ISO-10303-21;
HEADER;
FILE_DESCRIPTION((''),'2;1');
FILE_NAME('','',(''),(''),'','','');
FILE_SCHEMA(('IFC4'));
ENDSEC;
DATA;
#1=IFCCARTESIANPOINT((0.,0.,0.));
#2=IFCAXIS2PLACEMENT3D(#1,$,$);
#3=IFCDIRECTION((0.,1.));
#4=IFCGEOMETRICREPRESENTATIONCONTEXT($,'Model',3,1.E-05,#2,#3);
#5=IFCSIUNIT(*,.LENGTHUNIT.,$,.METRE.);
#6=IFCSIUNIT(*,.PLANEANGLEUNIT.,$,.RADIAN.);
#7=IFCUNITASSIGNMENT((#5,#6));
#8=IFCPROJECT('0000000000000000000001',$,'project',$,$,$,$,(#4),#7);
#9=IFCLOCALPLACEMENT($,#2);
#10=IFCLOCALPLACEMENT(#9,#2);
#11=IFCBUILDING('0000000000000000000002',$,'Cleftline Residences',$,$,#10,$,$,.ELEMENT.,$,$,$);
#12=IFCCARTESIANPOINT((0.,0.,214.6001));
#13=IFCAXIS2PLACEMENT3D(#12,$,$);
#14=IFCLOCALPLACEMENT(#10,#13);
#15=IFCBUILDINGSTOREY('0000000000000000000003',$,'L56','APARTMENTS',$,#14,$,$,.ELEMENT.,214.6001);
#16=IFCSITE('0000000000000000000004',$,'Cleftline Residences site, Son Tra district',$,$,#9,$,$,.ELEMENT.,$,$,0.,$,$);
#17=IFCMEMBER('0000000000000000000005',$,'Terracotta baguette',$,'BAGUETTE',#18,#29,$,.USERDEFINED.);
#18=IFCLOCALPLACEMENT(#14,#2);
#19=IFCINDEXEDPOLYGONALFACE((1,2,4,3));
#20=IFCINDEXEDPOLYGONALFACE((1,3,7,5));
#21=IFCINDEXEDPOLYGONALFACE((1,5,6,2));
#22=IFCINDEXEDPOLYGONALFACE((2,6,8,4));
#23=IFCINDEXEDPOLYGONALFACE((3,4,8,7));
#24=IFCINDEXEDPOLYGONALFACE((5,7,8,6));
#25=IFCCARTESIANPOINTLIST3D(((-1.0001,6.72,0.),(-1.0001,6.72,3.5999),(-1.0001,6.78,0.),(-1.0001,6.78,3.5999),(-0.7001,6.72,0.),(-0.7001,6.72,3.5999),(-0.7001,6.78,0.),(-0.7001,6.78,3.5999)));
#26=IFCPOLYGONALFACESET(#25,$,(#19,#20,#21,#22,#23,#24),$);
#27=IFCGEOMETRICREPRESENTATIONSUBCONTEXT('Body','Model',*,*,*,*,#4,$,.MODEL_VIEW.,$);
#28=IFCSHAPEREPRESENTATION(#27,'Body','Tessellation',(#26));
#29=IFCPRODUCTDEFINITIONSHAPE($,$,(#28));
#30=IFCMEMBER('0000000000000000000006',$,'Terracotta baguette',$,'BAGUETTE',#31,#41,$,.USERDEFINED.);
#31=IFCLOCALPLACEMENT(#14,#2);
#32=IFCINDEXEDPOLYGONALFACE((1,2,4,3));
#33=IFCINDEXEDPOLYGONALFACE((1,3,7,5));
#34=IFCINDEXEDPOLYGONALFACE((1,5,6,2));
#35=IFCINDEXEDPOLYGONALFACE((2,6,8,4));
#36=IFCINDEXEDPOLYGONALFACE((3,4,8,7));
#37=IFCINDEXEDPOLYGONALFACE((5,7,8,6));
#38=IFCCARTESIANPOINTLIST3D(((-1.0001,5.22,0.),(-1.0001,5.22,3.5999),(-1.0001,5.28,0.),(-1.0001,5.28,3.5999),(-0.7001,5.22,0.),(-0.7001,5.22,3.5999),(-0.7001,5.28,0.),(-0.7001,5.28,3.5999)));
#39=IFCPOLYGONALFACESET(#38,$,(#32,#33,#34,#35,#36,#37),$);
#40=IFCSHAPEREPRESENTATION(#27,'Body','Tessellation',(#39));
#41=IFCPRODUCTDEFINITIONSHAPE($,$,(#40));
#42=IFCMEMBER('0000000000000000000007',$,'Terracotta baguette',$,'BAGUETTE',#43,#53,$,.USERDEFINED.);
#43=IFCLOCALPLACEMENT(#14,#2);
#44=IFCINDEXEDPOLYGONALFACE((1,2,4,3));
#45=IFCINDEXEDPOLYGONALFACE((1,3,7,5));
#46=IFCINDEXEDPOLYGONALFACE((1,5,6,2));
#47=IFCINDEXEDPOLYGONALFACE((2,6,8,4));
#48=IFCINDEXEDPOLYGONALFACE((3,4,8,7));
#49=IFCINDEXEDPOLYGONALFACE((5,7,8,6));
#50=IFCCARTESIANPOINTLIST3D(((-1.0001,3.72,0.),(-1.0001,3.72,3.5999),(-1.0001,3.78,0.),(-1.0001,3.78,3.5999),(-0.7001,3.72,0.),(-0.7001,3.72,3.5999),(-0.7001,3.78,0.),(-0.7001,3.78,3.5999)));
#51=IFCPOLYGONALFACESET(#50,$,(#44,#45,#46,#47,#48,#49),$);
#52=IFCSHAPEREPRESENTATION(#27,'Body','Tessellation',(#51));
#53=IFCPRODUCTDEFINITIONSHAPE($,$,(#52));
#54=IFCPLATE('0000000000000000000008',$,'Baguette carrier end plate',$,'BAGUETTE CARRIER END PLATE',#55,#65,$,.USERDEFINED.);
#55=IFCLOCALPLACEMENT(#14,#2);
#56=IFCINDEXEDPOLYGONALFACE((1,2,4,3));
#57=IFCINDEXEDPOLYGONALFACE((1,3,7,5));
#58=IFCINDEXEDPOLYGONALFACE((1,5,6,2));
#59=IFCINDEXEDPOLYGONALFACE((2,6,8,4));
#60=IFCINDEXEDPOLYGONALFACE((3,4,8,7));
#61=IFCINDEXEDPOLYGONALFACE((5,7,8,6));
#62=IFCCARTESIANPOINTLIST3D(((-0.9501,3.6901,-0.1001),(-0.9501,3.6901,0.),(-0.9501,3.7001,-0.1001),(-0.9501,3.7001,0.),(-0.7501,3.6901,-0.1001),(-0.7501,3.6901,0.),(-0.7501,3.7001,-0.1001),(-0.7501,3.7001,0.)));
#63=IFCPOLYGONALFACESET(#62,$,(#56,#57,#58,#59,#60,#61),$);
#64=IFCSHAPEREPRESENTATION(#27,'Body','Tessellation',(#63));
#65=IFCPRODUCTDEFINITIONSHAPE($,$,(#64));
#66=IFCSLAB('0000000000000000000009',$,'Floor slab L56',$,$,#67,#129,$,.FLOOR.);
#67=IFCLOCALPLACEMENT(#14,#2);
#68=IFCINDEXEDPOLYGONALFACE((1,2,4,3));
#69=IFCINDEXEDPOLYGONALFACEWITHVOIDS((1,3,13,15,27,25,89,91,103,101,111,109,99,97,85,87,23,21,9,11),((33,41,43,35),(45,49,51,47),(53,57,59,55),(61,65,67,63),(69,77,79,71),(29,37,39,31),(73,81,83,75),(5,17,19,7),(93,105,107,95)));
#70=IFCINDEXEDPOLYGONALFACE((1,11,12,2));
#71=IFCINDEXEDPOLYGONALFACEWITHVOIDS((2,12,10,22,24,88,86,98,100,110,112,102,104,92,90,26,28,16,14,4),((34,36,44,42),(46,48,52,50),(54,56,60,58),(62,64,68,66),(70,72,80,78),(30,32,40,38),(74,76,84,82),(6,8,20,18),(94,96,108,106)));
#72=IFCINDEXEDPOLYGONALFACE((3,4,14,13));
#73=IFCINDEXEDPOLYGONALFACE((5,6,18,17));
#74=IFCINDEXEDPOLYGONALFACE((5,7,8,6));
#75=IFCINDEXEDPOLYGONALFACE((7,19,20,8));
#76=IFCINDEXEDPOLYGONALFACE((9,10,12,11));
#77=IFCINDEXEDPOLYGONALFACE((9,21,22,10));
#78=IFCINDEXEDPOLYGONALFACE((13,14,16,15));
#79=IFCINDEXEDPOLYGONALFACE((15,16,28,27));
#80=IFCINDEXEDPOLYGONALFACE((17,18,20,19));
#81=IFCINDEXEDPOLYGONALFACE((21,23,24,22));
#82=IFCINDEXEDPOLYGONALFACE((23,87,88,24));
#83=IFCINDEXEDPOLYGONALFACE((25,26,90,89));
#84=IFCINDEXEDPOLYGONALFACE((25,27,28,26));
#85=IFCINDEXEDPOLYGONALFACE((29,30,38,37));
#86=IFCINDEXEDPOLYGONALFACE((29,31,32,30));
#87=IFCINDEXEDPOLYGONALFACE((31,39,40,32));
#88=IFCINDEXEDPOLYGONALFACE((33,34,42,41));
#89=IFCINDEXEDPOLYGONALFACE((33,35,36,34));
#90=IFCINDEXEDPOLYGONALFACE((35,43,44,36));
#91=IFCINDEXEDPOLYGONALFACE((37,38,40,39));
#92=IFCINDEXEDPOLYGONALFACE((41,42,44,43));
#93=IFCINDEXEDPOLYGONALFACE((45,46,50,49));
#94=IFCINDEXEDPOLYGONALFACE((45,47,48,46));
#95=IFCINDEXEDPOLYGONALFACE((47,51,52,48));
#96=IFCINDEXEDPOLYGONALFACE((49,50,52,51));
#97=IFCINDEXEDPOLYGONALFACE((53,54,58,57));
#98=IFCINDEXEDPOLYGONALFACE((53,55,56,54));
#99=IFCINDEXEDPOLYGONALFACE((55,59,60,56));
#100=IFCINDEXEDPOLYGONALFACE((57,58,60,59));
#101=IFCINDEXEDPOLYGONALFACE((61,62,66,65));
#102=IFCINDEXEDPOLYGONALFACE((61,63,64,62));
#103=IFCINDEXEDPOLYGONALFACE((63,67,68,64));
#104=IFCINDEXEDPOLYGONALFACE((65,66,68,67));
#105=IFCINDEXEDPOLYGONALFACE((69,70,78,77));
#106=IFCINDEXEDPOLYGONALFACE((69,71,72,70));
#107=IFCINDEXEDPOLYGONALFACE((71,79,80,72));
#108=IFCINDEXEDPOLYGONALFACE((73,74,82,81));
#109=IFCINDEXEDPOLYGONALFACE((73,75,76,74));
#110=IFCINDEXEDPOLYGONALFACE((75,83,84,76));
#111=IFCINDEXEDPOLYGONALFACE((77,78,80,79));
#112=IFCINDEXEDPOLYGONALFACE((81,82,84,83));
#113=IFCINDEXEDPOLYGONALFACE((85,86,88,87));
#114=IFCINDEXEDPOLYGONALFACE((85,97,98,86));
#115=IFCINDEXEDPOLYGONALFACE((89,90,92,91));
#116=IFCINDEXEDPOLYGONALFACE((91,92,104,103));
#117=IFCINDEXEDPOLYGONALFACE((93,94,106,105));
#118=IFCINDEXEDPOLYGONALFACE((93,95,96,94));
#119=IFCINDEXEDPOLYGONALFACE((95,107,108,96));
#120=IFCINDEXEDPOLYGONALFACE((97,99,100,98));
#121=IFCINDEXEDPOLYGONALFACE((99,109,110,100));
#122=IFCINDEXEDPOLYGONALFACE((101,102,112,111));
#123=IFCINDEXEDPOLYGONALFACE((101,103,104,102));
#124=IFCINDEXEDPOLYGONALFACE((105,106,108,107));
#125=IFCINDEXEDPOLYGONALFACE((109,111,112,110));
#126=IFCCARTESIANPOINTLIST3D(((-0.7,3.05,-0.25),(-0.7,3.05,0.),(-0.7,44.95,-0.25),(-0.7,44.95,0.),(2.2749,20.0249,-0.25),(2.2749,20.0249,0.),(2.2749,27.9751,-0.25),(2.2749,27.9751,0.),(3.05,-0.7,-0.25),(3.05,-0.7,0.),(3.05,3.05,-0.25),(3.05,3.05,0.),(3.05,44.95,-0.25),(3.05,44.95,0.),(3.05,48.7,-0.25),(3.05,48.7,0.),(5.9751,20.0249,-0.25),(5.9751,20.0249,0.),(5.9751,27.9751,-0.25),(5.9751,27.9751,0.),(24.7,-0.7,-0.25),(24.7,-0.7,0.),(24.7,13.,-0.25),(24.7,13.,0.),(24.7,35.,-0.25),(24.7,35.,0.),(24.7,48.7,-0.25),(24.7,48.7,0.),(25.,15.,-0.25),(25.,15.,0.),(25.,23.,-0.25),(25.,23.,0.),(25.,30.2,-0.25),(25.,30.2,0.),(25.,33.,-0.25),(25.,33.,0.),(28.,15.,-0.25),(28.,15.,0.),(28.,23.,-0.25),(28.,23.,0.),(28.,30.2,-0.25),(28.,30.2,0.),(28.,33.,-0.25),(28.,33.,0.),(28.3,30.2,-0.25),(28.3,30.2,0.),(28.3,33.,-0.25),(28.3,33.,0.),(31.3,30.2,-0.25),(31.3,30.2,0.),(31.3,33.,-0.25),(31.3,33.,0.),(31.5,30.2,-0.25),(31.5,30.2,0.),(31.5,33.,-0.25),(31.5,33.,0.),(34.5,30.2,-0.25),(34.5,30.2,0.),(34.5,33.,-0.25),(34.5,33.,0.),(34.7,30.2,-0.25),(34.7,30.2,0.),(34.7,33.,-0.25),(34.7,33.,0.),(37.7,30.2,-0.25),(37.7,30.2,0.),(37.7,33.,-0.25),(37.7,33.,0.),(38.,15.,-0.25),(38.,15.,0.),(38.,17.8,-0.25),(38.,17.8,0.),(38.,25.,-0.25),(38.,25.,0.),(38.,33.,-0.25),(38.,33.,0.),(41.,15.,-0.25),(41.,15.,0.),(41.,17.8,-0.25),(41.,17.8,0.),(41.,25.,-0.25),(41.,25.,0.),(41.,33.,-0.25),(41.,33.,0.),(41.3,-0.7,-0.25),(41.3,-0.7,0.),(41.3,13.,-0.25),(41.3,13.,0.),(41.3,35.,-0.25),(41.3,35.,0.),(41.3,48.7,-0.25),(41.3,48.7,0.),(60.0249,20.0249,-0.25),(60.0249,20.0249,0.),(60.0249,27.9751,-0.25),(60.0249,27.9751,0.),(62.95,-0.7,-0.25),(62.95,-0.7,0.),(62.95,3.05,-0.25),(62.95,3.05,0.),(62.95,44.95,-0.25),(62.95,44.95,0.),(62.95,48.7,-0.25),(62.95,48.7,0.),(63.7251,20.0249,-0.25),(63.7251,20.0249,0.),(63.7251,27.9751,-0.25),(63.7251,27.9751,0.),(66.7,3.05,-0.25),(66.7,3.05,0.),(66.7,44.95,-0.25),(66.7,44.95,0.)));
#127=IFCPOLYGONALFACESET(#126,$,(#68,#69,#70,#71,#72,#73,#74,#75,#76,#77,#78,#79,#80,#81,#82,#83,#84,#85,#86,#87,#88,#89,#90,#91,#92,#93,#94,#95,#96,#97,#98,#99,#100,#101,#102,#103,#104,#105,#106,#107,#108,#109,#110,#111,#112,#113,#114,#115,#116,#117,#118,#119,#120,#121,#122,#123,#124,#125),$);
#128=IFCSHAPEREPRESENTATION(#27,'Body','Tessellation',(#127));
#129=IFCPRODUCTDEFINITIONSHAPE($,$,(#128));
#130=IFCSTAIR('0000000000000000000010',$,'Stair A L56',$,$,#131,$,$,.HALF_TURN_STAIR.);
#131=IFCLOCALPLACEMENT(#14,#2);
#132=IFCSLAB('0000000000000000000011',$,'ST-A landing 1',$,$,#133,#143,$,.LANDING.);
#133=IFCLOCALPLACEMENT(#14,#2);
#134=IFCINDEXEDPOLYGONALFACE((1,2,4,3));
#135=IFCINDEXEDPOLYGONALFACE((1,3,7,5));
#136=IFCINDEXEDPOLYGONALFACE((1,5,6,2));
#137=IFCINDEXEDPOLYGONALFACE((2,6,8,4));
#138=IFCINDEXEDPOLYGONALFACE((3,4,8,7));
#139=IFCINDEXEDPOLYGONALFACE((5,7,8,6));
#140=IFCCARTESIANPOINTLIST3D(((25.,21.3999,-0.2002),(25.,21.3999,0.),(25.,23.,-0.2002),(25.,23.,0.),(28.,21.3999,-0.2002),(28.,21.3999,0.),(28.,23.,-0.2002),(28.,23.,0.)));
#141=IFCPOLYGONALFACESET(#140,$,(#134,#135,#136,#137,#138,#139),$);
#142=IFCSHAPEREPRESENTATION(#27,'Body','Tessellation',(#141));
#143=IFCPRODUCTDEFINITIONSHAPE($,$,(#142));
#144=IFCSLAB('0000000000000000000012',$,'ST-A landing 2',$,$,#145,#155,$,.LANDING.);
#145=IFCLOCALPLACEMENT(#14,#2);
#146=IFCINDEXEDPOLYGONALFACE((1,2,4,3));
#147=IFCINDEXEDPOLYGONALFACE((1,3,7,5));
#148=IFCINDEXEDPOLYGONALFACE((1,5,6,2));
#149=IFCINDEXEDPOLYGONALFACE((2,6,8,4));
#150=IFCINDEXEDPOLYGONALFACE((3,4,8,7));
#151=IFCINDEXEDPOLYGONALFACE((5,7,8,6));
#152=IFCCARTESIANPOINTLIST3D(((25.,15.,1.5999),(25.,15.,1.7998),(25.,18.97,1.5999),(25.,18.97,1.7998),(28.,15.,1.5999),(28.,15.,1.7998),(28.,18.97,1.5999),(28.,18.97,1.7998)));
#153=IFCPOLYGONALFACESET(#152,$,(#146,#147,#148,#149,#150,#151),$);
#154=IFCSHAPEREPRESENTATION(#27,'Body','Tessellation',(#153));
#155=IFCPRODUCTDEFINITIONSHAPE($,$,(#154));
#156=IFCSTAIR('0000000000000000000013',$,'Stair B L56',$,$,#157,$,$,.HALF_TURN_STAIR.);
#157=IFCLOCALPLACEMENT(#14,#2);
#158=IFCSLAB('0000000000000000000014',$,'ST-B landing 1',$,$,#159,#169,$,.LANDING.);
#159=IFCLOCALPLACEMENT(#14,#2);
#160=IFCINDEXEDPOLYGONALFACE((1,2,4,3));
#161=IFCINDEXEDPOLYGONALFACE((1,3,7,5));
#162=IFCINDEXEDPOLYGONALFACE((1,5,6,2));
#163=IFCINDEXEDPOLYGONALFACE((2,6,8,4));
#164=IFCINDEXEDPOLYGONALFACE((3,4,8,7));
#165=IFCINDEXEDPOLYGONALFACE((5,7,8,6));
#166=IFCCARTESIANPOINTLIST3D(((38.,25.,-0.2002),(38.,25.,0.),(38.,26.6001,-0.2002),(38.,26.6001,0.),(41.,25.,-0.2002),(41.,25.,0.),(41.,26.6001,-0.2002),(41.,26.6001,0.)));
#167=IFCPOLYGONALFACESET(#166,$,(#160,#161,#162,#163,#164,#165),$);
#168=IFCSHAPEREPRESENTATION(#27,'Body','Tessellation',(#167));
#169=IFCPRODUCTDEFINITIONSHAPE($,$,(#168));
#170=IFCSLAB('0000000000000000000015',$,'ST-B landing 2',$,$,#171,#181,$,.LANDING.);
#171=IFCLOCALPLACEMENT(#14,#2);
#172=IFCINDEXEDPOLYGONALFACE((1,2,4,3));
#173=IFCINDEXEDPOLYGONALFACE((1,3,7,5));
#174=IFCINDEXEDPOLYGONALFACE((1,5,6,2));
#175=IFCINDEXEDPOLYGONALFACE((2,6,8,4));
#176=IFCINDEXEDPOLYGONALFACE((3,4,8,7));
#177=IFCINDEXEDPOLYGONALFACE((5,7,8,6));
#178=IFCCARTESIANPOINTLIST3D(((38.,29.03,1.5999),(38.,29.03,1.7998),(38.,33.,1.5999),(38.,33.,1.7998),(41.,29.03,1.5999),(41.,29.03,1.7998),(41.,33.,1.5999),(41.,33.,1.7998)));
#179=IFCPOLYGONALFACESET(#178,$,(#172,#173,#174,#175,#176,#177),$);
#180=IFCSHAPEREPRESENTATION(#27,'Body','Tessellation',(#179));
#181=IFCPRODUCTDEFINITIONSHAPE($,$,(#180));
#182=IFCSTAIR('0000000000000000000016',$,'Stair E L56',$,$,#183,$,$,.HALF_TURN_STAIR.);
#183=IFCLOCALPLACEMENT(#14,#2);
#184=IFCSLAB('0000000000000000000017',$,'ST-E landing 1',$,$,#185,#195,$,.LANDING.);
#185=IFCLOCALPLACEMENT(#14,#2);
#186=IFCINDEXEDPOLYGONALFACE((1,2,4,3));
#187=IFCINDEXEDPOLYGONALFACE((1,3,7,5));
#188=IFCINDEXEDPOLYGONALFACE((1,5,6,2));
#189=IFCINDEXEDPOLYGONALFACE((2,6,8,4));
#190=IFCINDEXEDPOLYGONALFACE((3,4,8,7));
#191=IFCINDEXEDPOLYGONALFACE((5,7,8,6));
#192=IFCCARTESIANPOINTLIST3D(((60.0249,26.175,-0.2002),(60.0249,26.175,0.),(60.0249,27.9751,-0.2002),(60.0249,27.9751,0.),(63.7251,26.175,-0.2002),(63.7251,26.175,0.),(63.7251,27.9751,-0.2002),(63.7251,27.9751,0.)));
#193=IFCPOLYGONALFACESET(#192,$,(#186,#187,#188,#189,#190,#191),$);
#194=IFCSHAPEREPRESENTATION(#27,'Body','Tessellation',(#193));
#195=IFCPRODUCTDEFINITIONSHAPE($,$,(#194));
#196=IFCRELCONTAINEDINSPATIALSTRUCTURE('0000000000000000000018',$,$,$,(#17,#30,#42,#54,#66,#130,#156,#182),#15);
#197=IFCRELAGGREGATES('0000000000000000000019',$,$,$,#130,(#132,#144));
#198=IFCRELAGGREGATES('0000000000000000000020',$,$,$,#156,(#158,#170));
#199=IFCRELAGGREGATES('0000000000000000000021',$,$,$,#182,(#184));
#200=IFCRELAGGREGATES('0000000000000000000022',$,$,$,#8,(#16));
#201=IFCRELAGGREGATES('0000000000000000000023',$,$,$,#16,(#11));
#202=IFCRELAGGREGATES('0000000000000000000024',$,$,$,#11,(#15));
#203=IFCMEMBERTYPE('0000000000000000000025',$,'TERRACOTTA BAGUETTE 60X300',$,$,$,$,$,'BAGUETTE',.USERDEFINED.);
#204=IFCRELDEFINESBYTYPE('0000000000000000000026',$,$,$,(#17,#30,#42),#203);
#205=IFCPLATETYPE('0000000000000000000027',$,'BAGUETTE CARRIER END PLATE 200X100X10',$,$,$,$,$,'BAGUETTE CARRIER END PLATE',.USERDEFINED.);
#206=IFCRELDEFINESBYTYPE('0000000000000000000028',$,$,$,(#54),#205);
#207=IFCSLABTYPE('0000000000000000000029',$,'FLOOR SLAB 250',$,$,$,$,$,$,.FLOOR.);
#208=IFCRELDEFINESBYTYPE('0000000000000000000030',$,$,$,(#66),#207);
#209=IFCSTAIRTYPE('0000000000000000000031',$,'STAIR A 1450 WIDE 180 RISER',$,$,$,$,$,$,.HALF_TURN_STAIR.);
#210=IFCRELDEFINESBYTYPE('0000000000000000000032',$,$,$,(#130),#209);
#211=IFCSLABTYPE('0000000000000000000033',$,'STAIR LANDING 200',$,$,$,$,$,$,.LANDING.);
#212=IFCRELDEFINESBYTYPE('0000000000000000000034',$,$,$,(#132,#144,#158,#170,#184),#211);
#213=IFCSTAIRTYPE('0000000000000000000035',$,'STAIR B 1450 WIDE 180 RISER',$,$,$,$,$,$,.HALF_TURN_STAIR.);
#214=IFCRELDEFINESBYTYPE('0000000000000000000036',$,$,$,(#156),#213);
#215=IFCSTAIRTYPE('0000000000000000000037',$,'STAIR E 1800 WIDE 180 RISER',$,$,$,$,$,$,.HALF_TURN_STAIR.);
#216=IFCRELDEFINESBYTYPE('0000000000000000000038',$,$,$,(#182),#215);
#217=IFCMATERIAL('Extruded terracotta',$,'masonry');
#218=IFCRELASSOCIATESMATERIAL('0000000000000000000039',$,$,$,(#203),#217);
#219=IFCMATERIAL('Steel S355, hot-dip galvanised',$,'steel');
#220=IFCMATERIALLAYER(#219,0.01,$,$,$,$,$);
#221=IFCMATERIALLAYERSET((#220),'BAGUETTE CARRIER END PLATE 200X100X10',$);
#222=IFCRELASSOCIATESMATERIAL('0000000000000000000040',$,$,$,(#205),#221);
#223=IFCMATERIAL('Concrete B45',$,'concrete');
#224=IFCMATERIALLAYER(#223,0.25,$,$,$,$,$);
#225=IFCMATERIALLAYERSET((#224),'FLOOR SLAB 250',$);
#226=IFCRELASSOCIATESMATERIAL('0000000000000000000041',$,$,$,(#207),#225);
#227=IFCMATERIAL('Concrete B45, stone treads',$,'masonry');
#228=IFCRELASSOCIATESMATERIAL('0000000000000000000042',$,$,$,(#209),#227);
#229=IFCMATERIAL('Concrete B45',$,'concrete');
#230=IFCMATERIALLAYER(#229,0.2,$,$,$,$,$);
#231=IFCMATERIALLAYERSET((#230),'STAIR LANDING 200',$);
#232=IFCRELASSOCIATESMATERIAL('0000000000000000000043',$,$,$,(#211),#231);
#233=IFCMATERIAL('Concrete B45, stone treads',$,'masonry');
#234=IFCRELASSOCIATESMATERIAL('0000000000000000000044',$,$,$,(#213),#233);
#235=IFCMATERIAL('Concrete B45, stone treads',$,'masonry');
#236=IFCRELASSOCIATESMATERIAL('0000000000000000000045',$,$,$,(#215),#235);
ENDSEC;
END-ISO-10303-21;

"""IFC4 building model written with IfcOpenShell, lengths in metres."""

from ifc_helpers import new_model, si_unit, direction, frame, origin, origin_2d, place, context, subcontext, project, spatial, polyline, rectangle, outline, extrude, material, layer, layer_set, material_profile, profile_set, type_object, element, aggregate, save


model = new_model("IFC4")

# Units and contexts
model_context = context("Model", 3, precision=1e-05, world=origin(), true_north=direction((0.0, 1.0)))
body_context = subcontext(model_context, "Body", "Model", "MODEL_VIEW")
ifc_project = project(units=[si_unit("LENGTHUNIT", "METRE"), si_unit("PLANEANGLEUNIT", "RADIAN")], contexts=[model_context])

# Site, building, storey
site_placement = place(None, origin())
site = spatial("IfcSite", under=ifc_project, at=site_placement, Name="Cleftline Residences site, Son Tra district", CompositionType="ELEMENT", RefElevation=0.0)
building_placement = place(site_placement, origin())
building = spatial("IfcBuilding", under=site, at=building_placement, Name="Cleftline Residences", CompositionType="ELEMENT")
storey_placement = place(building_placement, frame((0.0, 0.0, 214.6001)))
storey = spatial("IfcBuildingStorey", under=building, at=storey_placement, Name="L56", Description="APARTMENTS", CompositionType="ELEMENT", Elevation=214.6001)

# Members
ifc_material_1 = material(Name="Extruded terracotta", Category="masonry")
ifc_material_profile_1 = material_profile(ifc_material_1, rectangle(XDim=0.0601, YDim=0.3, at=origin_2d()))
ifc_profile_set_1 = profile_set([ifc_material_profile_1], Name="Extruded terracotta")
member_type_1 = type_object("IfcMemberType", Name="TERRACOTTA BAGUETTE 60X300", ElementType="BAGUETTE", PredefinedType="USERDEFINED", material=ifc_profile_set_1)
for number, where, z_axis, x_axis, name in (
    (1, (-0.8501, 6.75, 0.0), (0.0, 0.0, 1.0), (0.0, 1.0, 0.0), "Terracotta baguette"),
    (2, (-0.8501, 5.25, 0.0), (0.0, 0.0, 1.0), (0.0, 1.0, 0.0), "Terracotta baguette"),
    (3, (-0.8501, 3.75, 0.0), (0.0, 0.0, 1.0), (0.0, 1.0, 0.0), "Terracotta baguette"),
):
    element("IfcMember", number, at=place(storey_placement, frame(where, z_axis=z_axis, x_axis=x_axis)), inside=storey, type_object=member_type_1, Name=name, ObjectType="BAGUETTE", PredefinedType="USERDEFINED", context=body_context, shape_type="SweptSolid", body=[
        extrude(rectangle(XDim=0.0601, YDim=0.3, at=origin_2d()), origin(), (0.0, 0.0, 1.0), 3.5999),
    ])

# Plate
ifc_material_2 = material(Name="Steel S355, hot-dip galvanised", Category="steel")
ifc_layer_1 = layer(ifc_material_2, 0.01)
ifc_layer_set_1 = layer_set([ifc_layer_1], Name="BAGUETTE CARRIER END PLATE 200X100X10")
plate_type = type_object("IfcPlateType", Name="BAGUETTE CARRIER END PLATE 200X100X10", ElementType="BAGUETTE CARRIER END PLATE", PredefinedType="USERDEFINED", material=ifc_layer_set_1)
plate_placement = place(storey_placement, frame((-0.8501, 3.6951, -0.1001), z_axis=(0.0, 0.0, 1.0), x_axis=(-1.0, 0.0, 0.0)))
element("IfcPlate", 4, at=plate_placement, inside=storey, type_object=plate_type, Name="Baguette carrier end plate", ObjectType="BAGUETTE CARRIER END PLATE", PredefinedType="USERDEFINED", context=body_context, shape_type="SweptSolid", body=[
    extrude(rectangle(XDim=0.2, YDim=0.01, at=origin_2d()), origin(), (0.0, 0.0, 1.0), 0.1001),
])

# Slab
ifc_material_3 = material(Name="Concrete B45", Category="concrete")
ifc_layer_2 = layer(ifc_material_3, 0.25)
ifc_layer_set_2 = layer_set([ifc_layer_2], Name="FLOOR SLAB 250")
slab_type_1 = type_object("IfcSlabType", Name="FLOOR SLAB 250", PredefinedType="FLOOR", material=ifc_layer_set_2)
slab_1_placement = place(storey_placement, frame((0.0, 0.0, -0.25)))
element("IfcSlab", 5, at=slab_1_placement, inside=storey, type_object=slab_type_1, Name="Floor slab L56", PredefinedType="FLOOR", context=body_context, shape_type="SweptSolid", body=[
    extrude(outline(polyline([(24.7, 13.0), (41.3, 13.0), (41.3, -0.7), (62.95, -0.7), (62.95, 3.05), (66.7, 3.05), (66.7, 44.95), (62.95, 44.95), (62.95, 48.7), (41.3, 48.7), (41.3, 35.0), (24.7, 35.0), (24.7, 48.7), (3.05, 48.7), (3.05, 44.95), (-0.7, 44.95), (-0.7, 3.05), (3.05, 3.05), (3.05, -0.7), (24.7, -0.7), (24.7, 13.0)]), holes=[polyline([(28.0, 15.0), (28.0, 23.0), (25.0, 23.0), (25.0, 15.0), (28.0, 15.0)]), polyline([(41.0, 25.0), (41.0, 33.0), (38.0, 33.0), (38.0, 25.0), (41.0, 25.0)]), polyline([(28.0, 30.2), (28.0, 33.0), (25.0, 33.0), (25.0, 30.2), (28.0, 30.2)]), polyline([(41.0, 15.0), (41.0, 17.8), (38.0, 17.8), (38.0, 15.0), (41.0, 15.0)]), polyline([(31.3, 30.2), (31.3, 33.0), (28.3, 33.0), (28.3, 30.2), (31.3, 30.2)]), polyline([(34.5, 30.2), (34.5, 33.0), (31.5, 33.0), (31.5, 30.2), (34.5, 30.2)]), polyline([(37.7, 30.2), (37.7, 33.0), (34.7, 33.0), (34.7, 30.2), (37.7, 30.2)]), polyline([(63.7251, 20.0249), (63.7251, 27.9751), (60.0249, 27.9751), (60.0249, 20.0249), (63.7251, 20.0249)]), polyline([(5.9751, 20.0249), (5.9751, 27.9751), (2.2749, 27.9751), (2.2749, 20.0249), (5.9751, 20.0249)])]), origin(), (0.0, 0.0, 1.0), 0.25),
])

# Stairs, slabs
ifc_material_4 = material(Name="Concrete B45, stone treads", Category="masonry")
stair_type_1 = type_object("IfcStairType", Name="STAIR A 1450 WIDE 180 RISER", PredefinedType="HALF_TURN_STAIR", material=ifc_material_4)
stair_1_placement = place(storey_placement, origin())
stair_1 = element("IfcStair", 6, at=stair_1_placement, inside=storey, type_object=stair_type_1, Name="Stair A L56", PredefinedType="HALF_TURN_STAIR")
ifc_material_5 = material(Name="Concrete B45", Category="concrete")
ifc_layer_3 = layer(ifc_material_5, 0.2)
ifc_layer_set_3 = layer_set([ifc_layer_3], Name="STAIR LANDING 200")
slab_type_2 = type_object("IfcSlabType", Name="STAIR LANDING 200", PredefinedType="LANDING", material=ifc_layer_set_3)
slab_2_placement = place(storey_placement, frame((0.0, 0.0, -0.2002)))
slab_2 = element("IfcSlab", 7, at=slab_2_placement, type_object=slab_type_2, Name="ST-A landing 1", PredefinedType="LANDING", context=body_context, shape_type="SweptSolid", body=[
    extrude(outline(polyline([(25.0, 21.3999), (28.0, 21.3999), (28.0, 23.0), (25.0, 23.0), (25.0, 21.3999)])), origin(), (0.0, 0.0, 1.0), 0.2002),
])
slab_3_placement = place(storey_placement, frame((0.0, 0.0, 1.5999)))
slab_3 = element("IfcSlab", 8, at=slab_3_placement, type_object=slab_type_2, Name="ST-A landing 2", PredefinedType="LANDING", context=body_context, shape_type="SweptSolid", body=[
    extrude(outline(polyline([(25.0, 15.0), (28.0, 15.0), (28.0, 18.97), (25.0, 18.97), (25.0, 15.0)])), origin(), (0.0, 0.0, 1.0), 0.2),
])
aggregate(stair_1, [slab_2, slab_3])
ifc_material_6 = material(Name="Concrete B45, stone treads", Category="masonry")
stair_type_2 = type_object("IfcStairType", Name="STAIR B 1450 WIDE 180 RISER", PredefinedType="HALF_TURN_STAIR", material=ifc_material_6)
stair_2_placement = place(storey_placement, origin())
stair_2 = element("IfcStair", 9, at=stair_2_placement, inside=storey, type_object=stair_type_2, Name="Stair B L56", PredefinedType="HALF_TURN_STAIR")
slab_4_placement = place(storey_placement, frame((0.0, 0.0, -0.2002)))
slab_4 = element("IfcSlab", 10, at=slab_4_placement, type_object=slab_type_2, Name="ST-B landing 1", PredefinedType="LANDING", context=body_context, shape_type="SweptSolid", body=[
    extrude(outline(polyline([(38.0, 25.0), (41.0, 25.0), (41.0, 26.6001), (38.0, 26.6001), (38.0, 25.0)])), origin(), (0.0, 0.0, 1.0), 0.2002),
])
slab_5_placement = place(storey_placement, frame((0.0, 0.0, 1.5999)))
slab_5 = element("IfcSlab", 11, at=slab_5_placement, type_object=slab_type_2, Name="ST-B landing 2", PredefinedType="LANDING", context=body_context, shape_type="SweptSolid", body=[
    extrude(outline(polyline([(38.0, 29.03), (41.0, 29.03), (41.0, 33.0), (38.0, 33.0), (38.0, 29.03)])), origin(), (0.0, 0.0, 1.0), 0.2),
])
aggregate(stair_2, [slab_4, slab_5])
ifc_material_7 = material(Name="Concrete B45, stone treads", Category="masonry")
stair_type_3 = type_object("IfcStairType", Name="STAIR E 1800 WIDE 180 RISER", PredefinedType="HALF_TURN_STAIR", material=ifc_material_7)
stair_3_placement = place(storey_placement, origin())
stair_3 = element("IfcStair", 12, at=stair_3_placement, inside=storey, type_object=stair_type_3, Name="Stair E L56", PredefinedType="HALF_TURN_STAIR")
slab_6_placement = place(storey_placement, frame((0.0, 0.0, -0.2002)))
slab_6 = element("IfcSlab", 13, at=slab_6_placement, type_object=slab_type_2, Name="ST-E landing 1", PredefinedType="LANDING", context=body_context, shape_type="SweptSolid", body=[
    extrude(outline(polyline([(60.0249, 26.175), (63.7251, 26.175), (63.7251, 27.9751), (60.0249, 27.9751), (60.0249, 26.175)])), origin(), (0.0, 0.0, 1.0), 0.2002),
])
aggregate(stair_3, [slab_6])

save(model, "model.ifc")
